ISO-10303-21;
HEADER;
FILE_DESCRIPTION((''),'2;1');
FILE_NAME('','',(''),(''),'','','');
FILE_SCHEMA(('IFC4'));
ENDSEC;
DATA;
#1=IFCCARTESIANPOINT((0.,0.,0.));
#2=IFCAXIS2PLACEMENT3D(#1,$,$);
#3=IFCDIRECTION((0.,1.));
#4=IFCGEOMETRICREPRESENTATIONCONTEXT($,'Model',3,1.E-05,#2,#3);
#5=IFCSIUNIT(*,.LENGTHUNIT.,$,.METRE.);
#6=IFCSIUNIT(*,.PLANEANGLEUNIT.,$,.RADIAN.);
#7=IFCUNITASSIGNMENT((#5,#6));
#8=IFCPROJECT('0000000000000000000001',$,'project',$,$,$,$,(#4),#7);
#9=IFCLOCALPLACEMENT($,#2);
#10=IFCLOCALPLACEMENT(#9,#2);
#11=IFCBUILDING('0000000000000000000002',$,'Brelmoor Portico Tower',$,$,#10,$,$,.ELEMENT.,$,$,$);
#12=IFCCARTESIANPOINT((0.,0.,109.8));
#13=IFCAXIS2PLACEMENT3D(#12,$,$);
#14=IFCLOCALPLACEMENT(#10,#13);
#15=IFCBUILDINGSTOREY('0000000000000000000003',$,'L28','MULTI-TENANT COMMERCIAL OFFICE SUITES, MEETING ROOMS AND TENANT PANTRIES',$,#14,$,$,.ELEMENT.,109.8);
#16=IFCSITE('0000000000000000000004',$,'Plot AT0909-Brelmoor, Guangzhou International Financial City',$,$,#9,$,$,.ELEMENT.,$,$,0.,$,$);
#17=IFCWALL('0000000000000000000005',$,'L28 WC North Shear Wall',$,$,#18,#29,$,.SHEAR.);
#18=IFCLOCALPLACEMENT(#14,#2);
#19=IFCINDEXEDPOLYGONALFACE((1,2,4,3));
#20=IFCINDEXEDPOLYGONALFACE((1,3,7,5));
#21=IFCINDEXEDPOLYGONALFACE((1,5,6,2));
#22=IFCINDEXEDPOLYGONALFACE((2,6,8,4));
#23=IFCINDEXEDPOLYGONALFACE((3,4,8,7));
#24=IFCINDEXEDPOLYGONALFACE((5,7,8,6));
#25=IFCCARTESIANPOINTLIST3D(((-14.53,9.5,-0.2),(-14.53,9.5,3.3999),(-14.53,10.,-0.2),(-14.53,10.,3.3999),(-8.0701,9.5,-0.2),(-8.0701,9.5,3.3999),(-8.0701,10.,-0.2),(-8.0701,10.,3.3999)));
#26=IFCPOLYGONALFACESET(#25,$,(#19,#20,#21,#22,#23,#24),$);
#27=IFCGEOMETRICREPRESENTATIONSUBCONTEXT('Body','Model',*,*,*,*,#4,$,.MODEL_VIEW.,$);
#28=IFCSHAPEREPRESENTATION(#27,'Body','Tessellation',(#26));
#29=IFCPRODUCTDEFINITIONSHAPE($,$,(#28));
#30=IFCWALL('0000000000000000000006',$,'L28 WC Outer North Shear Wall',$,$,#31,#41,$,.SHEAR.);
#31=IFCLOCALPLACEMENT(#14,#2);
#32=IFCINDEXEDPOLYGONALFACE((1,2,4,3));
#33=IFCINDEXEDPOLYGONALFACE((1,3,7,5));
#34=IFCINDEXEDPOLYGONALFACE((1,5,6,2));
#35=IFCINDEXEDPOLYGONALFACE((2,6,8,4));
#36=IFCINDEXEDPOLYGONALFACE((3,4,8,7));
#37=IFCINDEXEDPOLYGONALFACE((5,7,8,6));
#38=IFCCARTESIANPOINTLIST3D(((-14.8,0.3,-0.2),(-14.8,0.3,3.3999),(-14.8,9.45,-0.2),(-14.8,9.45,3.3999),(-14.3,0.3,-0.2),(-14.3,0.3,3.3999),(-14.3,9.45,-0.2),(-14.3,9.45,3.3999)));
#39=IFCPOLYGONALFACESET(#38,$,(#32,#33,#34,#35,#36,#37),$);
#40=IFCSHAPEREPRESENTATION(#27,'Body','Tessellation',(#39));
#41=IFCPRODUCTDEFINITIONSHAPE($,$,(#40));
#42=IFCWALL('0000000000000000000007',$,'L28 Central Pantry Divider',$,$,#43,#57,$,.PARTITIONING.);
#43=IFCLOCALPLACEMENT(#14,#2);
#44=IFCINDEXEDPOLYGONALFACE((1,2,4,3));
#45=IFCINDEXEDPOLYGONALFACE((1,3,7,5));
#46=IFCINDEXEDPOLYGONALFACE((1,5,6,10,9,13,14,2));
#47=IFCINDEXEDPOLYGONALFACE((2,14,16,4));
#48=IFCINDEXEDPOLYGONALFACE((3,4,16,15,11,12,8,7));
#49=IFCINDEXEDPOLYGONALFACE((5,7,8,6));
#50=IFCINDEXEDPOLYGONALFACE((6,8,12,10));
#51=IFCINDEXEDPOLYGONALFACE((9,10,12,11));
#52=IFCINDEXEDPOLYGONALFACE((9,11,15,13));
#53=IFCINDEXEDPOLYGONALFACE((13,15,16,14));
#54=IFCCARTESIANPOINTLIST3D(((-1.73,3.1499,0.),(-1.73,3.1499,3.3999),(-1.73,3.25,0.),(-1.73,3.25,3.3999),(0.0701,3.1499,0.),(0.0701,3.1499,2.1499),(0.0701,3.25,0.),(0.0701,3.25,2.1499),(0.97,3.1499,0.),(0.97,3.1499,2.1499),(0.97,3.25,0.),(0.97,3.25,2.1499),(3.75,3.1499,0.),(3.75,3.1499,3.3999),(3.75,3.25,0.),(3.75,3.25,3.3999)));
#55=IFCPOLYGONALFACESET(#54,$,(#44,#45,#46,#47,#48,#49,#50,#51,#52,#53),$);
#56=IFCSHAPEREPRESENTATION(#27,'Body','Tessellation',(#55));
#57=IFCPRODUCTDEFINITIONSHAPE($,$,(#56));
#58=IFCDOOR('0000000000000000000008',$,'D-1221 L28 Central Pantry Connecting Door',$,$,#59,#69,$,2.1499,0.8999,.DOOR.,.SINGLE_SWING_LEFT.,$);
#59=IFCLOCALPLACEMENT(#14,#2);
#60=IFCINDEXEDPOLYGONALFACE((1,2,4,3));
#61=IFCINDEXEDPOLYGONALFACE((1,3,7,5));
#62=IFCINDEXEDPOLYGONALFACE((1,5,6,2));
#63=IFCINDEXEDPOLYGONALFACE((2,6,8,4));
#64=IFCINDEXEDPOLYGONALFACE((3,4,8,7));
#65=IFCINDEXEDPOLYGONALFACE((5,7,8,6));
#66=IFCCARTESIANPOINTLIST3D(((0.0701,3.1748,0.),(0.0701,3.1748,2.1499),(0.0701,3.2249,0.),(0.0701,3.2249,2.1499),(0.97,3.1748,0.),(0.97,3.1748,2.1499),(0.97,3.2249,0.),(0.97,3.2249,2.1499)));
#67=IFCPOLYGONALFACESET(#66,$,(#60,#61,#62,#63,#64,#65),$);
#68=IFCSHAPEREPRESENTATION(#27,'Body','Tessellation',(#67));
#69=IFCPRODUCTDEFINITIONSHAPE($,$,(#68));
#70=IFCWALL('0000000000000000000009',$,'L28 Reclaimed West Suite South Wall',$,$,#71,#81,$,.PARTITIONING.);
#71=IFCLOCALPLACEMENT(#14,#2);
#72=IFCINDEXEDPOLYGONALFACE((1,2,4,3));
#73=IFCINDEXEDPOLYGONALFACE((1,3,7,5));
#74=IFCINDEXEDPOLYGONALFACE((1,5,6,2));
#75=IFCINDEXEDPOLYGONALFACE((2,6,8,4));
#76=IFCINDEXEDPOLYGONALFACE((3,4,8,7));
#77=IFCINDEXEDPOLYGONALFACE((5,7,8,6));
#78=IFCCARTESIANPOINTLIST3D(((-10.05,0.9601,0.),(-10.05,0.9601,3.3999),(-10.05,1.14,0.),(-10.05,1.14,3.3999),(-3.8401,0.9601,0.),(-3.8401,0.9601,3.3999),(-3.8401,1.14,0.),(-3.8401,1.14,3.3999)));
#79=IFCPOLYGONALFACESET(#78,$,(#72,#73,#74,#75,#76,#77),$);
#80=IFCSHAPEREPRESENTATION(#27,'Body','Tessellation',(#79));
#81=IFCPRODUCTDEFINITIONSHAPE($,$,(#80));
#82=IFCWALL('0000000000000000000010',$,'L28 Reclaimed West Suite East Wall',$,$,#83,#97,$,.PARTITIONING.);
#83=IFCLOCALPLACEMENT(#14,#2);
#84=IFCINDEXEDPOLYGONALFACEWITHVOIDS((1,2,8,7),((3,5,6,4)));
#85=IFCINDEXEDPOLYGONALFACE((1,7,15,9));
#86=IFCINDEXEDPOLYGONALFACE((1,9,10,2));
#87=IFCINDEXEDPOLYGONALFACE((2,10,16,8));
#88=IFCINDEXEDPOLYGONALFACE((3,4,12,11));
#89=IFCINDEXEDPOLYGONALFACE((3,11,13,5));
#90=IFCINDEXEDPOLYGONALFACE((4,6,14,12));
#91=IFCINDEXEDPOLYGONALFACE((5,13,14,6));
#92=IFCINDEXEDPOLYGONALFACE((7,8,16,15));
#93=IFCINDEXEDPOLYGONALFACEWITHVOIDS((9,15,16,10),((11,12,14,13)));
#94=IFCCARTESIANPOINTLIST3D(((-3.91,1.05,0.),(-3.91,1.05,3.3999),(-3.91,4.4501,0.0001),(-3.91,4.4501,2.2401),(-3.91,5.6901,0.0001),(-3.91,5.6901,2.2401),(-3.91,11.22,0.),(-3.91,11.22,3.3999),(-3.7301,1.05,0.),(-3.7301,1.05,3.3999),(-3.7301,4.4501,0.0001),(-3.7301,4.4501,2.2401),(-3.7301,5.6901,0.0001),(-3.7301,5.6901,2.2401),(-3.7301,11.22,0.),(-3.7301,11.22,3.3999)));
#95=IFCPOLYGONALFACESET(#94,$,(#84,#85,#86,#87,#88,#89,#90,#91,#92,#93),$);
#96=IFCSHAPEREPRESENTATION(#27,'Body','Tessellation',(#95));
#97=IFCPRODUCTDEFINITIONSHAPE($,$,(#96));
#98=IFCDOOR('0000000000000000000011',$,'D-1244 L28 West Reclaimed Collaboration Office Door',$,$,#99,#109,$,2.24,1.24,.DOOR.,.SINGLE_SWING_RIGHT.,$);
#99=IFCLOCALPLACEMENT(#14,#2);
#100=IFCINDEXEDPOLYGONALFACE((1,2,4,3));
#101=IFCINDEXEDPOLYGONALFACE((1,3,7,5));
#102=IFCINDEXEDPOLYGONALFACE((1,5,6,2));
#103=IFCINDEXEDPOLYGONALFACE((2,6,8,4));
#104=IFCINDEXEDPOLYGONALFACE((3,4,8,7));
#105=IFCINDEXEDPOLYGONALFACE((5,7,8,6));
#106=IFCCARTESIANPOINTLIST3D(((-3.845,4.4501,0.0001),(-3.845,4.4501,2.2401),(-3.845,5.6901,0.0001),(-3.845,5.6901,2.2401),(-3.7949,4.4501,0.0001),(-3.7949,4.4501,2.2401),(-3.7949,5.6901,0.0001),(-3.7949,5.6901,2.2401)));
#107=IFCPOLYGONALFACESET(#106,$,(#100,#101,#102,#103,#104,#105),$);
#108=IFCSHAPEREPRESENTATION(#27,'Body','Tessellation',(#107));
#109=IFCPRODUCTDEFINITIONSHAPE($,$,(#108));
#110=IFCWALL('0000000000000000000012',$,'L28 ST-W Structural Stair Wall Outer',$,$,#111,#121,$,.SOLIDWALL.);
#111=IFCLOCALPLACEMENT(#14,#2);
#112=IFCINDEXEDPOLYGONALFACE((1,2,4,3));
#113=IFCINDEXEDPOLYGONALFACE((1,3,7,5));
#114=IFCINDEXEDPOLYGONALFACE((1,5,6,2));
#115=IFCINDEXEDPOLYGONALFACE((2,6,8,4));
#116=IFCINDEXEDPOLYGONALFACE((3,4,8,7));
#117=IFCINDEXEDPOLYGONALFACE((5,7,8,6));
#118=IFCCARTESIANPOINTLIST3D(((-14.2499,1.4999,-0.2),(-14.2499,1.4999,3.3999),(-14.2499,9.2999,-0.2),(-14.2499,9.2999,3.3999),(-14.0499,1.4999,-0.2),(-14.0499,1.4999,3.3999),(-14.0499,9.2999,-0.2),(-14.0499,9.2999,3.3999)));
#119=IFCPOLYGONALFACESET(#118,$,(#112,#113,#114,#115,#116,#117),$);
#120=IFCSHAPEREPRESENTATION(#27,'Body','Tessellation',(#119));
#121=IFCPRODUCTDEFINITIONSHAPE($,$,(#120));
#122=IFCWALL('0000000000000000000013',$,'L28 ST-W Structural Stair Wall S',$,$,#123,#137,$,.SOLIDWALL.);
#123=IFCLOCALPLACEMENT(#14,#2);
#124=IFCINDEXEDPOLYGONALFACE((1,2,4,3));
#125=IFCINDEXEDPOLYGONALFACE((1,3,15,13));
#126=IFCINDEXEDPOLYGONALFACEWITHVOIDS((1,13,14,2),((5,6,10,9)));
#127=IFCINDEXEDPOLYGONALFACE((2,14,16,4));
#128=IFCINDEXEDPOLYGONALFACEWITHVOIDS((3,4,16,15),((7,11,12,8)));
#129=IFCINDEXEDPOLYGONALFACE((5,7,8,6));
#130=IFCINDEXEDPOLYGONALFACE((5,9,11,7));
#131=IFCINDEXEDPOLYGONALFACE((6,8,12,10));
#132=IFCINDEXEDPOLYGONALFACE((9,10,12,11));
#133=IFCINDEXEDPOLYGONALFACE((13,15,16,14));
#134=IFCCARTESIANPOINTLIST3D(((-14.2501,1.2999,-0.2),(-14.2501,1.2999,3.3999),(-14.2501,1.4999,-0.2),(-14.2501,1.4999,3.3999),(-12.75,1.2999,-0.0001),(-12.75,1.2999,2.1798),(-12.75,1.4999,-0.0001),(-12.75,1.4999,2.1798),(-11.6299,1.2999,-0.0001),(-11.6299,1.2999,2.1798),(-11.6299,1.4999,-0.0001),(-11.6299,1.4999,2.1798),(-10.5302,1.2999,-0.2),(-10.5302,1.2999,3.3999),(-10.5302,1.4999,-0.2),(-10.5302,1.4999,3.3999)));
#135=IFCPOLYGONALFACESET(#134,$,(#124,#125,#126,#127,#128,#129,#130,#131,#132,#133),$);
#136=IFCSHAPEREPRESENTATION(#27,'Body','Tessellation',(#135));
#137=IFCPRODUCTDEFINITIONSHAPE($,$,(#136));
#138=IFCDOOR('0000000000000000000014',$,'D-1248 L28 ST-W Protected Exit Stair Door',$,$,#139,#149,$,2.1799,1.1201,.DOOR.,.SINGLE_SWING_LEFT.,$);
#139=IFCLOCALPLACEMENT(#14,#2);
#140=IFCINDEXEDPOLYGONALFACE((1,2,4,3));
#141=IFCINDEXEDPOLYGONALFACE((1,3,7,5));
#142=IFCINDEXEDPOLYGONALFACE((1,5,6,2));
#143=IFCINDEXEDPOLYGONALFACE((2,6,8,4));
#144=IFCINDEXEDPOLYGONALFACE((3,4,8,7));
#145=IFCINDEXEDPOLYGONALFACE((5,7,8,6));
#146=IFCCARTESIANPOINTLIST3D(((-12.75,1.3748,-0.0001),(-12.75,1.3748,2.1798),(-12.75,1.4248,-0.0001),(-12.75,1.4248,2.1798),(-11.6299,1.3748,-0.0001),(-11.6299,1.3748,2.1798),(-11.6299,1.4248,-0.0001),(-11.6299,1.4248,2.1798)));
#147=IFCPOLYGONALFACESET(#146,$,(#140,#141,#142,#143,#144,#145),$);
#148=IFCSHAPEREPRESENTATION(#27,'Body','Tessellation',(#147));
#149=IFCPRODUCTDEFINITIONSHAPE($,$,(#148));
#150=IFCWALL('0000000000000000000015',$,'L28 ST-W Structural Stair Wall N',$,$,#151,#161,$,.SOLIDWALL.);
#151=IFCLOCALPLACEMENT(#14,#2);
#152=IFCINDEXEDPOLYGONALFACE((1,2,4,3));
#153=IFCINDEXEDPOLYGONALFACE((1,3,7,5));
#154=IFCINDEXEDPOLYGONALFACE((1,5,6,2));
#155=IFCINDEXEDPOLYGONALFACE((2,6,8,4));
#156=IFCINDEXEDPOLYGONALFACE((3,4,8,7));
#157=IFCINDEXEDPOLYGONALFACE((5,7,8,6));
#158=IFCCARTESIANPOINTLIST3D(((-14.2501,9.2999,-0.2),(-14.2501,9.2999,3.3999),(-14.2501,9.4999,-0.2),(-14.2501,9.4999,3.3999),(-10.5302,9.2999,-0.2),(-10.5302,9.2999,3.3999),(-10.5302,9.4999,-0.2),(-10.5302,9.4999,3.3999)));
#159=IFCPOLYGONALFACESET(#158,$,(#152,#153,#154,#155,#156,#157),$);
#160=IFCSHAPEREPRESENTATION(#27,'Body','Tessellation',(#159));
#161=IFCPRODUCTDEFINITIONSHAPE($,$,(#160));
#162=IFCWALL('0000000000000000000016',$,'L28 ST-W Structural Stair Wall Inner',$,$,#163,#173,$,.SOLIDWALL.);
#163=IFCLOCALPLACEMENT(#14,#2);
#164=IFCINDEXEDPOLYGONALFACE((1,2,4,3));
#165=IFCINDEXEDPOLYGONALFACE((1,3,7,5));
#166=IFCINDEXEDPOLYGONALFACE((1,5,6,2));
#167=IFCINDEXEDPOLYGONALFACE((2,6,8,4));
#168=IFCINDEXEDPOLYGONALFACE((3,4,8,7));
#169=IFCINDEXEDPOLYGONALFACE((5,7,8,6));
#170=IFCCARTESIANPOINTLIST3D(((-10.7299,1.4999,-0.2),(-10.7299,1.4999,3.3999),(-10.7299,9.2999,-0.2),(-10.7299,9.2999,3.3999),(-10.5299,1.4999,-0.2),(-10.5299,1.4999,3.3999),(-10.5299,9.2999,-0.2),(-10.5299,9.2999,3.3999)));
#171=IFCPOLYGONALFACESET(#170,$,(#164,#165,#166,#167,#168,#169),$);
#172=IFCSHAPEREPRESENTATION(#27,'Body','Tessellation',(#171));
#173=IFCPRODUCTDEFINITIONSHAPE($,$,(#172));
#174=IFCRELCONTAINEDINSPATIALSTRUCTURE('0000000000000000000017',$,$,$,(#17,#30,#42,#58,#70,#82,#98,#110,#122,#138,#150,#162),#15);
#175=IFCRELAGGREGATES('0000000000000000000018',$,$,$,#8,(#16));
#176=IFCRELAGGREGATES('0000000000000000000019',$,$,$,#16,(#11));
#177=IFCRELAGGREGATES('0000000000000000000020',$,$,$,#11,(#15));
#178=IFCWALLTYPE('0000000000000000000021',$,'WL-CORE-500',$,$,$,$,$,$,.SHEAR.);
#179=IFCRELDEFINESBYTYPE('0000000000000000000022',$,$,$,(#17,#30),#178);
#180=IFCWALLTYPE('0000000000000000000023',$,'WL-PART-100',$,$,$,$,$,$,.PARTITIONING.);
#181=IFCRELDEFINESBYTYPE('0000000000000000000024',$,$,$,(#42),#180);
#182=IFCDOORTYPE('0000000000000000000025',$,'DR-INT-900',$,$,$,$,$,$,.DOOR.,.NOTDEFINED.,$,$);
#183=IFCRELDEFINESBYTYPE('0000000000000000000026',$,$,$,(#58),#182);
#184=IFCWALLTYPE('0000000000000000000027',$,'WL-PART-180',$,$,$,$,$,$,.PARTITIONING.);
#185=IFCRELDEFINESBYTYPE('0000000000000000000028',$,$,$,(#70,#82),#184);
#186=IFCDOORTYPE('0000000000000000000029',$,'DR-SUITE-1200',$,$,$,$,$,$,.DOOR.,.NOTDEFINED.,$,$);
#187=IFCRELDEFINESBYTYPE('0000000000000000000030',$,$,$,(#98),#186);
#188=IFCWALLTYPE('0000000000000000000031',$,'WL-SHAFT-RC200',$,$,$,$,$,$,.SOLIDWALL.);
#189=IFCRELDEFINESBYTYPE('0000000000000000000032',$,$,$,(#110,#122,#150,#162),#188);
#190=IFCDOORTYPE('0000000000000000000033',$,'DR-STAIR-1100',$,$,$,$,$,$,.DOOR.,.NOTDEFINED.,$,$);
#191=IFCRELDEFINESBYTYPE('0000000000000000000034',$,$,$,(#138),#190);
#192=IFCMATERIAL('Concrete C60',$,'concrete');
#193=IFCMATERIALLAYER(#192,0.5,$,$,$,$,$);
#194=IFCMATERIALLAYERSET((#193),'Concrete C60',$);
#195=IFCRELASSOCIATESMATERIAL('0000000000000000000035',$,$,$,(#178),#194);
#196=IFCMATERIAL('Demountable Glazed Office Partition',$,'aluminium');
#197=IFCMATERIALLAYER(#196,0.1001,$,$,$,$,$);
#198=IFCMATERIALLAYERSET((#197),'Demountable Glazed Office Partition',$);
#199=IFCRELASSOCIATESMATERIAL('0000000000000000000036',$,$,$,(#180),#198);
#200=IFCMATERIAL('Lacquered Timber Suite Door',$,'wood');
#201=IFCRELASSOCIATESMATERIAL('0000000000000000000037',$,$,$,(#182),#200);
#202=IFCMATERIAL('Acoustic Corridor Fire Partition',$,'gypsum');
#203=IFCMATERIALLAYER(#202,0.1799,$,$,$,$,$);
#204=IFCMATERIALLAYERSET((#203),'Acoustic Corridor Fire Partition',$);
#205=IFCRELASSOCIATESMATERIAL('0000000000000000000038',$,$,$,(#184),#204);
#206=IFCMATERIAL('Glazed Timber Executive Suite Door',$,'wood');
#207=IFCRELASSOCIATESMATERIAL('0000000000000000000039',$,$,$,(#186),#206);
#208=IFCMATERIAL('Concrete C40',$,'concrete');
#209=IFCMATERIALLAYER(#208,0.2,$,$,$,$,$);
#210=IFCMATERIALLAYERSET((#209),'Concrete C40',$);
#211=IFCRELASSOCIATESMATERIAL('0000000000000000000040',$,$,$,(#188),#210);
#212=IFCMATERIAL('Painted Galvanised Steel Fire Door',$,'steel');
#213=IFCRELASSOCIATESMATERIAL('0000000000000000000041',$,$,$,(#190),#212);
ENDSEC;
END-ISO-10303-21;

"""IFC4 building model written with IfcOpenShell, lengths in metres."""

from ifc_helpers import new_model, si_unit, direction, frame, frame_2d, origin, place, context, subcontext, project, spatial, rectangle, extrude, material, layer, layer_set, type_object, element, fill, save


model = new_model("IFC4")

# Units and contexts
model_context = context("Model", 3, precision=1e-05, world=origin(), true_north=direction((0.0, 1.0)))
body_context = subcontext(model_context, "Body", "Model", "MODEL_VIEW")
ifc_project = project(units=[si_unit("LENGTHUNIT", "METRE"), si_unit("PLANEANGLEUNIT", "RADIAN")], contexts=[model_context])

# Site, building, storey
site_placement = place(None, origin())
site = spatial("IfcSite", under=ifc_project, at=site_placement, Name="Plot AT0909-Brelmoor, Guangzhou International Financial City", CompositionType="ELEMENT", RefElevation=0.0)
building_placement = place(site_placement, origin())
building = spatial("IfcBuilding", under=site, at=building_placement, Name="Brelmoor Portico Tower", CompositionType="ELEMENT")
storey_placement = place(building_placement, frame((0.0, 0.0, 109.8)))
storey = spatial("IfcBuildingStorey", under=building, at=storey_placement, Name="L28", Description="MULTI-TENANT COMMERCIAL OFFICE SUITES, MEETING ROOMS AND TENANT PANTRIES", CompositionType="ELEMENT", Elevation=109.8)

# Walls
ifc_material_1 = material(Name="Concrete C60", Category="concrete")
ifc_layer_1 = layer(ifc_material_1, 0.5)
ifc_layer_set_1 = layer_set([ifc_layer_1], Name="Concrete C60")
wall_type_1 = type_object("IfcWallType", Name="WL-CORE-500", PredefinedType="SHEAR", material=ifc_layer_set_1)
wall_1_placement = place(storey_placement, frame((-14.53, 9.75, -0.2), z_axis=(0.0, 0.0, 1.0), x_axis=(1.0, 0.0, 0.0)))
element("IfcWall", 1, at=wall_1_placement, inside=storey, type_object=wall_type_1, Name="L28 WC North Shear Wall", PredefinedType="SHEAR", context=body_context, shape_type="SweptSolid", body=[
    extrude(rectangle(XDim=6.46, YDim=0.5, at=frame_2d((3.23, 0.0))), origin(), (0.0, 0.0, 1.0), 3.5999),
])
wall_2_placement = place(storey_placement, frame((-14.55, 0.3, -0.2), z_axis=(0.0, 0.0, 1.0), x_axis=(0.0, 1.0, 0.0)))
element("IfcWall", 2, at=wall_2_placement, inside=storey, type_object=wall_type_1, Name="L28 WC Outer North Shear Wall", PredefinedType="SHEAR", context=body_context, shape_type="SweptSolid", body=[
    extrude(rectangle(XDim=9.1499, YDim=0.5, at=frame_2d((4.575, 0.0))), origin(), (0.0, 0.0, 1.0), 3.5999),
])

# Wall, opening, door
ifc_material_2 = material(Name="Demountable Glazed Office Partition", Category="aluminium")
ifc_layer_2 = layer(ifc_material_2, 0.1001)
ifc_layer_set_2 = layer_set([ifc_layer_2], Name="Demountable Glazed Office Partition")
wall_type_2 = type_object("IfcWallType", Name="WL-PART-100", PredefinedType="PARTITIONING", material=ifc_layer_set_2)
wall_3_placement = place(storey_placement, frame((-1.73, 3.2, 0.0), z_axis=(0.0, 0.0, 1.0), x_axis=(1.0, 0.0, 0.0)))
wall_3 = element("IfcWall", 3, at=wall_3_placement, inside=storey, type_object=wall_type_2, Name="L28 Central Pantry Divider", PredefinedType="PARTITIONING", context=body_context, shape_type="SweptSolid", body=[
    extrude(rectangle(XDim=5.48, YDim=0.1001, at=frame_2d((2.74, 0.0))), origin(), (0.0, 0.0, 1.0), 3.3999),
])
opening_1_placement = place(wall_3_placement, frame((1.8, 0.0, 0.0)))
opening_1 = element("IfcOpeningElement", 4, at=opening_1_placement, cuts=wall_3, PredefinedType="OPENING", context=body_context, shape_type="SweptSolid", body=[
    extrude(rectangle(XDim=0.8999, YDim=2.1499, at=frame_2d((0.45, 1.075))), frame((0.0, 0.0601, 0.0), z_axis=(0.0, -1.0, 0.0), x_axis=(1.0, 0.0, 0.0)), (0.0, 0.0, 1.0), 0.1201),
])
ifc_material_3 = material(Name="Lacquered Timber Suite Door", Category="wood")
door_type_1 = type_object("IfcDoorType", Name="DR-INT-900", OperationType="NOTDEFINED", PredefinedType="DOOR", material=ifc_material_3)
door_1_placement = place(opening_1_placement, origin())
door_1 = element("IfcDoor", 5, at=door_1_placement, inside=storey, type_object=door_type_1, Name="D-1221 L28 Central Pantry Connecting Door", OperationType="SINGLE_SWING_LEFT", OverallHeight=2.1499, OverallWidth=0.8999, PredefinedType="DOOR", context=body_context, shape_type="SweptSolid", body=[
    extrude(rectangle(XDim=0.8999, YDim=2.1499, at=frame_2d((0.45, 1.075))), frame((0.0, 0.0249, 0.0), z_axis=(0.0, -1.0, 0.0), x_axis=(1.0, 0.0, 0.0)), (0.0, 0.0, 1.0), 0.05),
])
fill(opening_1, door_1)

# Wall
ifc_material_4 = material(Name="Acoustic Corridor Fire Partition", Category="gypsum")
ifc_layer_3 = layer(ifc_material_4, 0.1799)
ifc_layer_set_3 = layer_set([ifc_layer_3], Name="Acoustic Corridor Fire Partition")
wall_type_3 = type_object("IfcWallType", Name="WL-PART-180", PredefinedType="PARTITIONING", material=ifc_layer_set_3)
wall_4_placement = place(storey_placement, frame((-10.05, 1.05, 0.0), z_axis=(0.0, 0.0, 1.0), x_axis=(1.0, 0.0, 0.0)))
element("IfcWall", 6, at=wall_4_placement, inside=storey, type_object=wall_type_3, Name="L28 Reclaimed West Suite South Wall", PredefinedType="PARTITIONING", context=body_context, shape_type="SweptSolid", body=[
    extrude(rectangle(XDim=6.21, YDim=0.1799, at=frame_2d((3.105, 0.0))), origin(), (0.0, 0.0, 1.0), 3.3999),
])

# Wall, opening, door
wall_5_placement = place(storey_placement, frame((-3.8201, 1.05, 0.0), z_axis=(0.0, 0.0, 1.0), x_axis=(0.0, 1.0, 0.0)))
wall_5 = element("IfcWall", 7, at=wall_5_placement, inside=storey, type_object=wall_type_3, Name="L28 Reclaimed West Suite East Wall", PredefinedType="PARTITIONING", context=body_context, shape_type="SweptSolid", body=[
    extrude(rectangle(XDim=10.1699, YDim=0.1799, at=frame_2d((5.085, 0.0))), origin(), (0.0, 0.0, 1.0), 3.3999),
])
opening_2_placement = place(wall_5_placement, frame((3.3999, 0.0, 0.0)))
opening_2 = element("IfcOpeningElement", 8, at=opening_2_placement, cuts=wall_5, PredefinedType="OPENING", context=body_context, shape_type="SweptSolid", body=[
    extrude(rectangle(XDim=1.24, YDim=2.24, at=frame_2d((0.6201, 1.1201))), frame((0.0, 0.0999, 0.0), z_axis=(0.0, -1.0, 0.0), x_axis=(1.0, 0.0, 0.0)), (0.0, 0.0, 1.0), 0.2),
])
ifc_material_5 = material(Name="Glazed Timber Executive Suite Door", Category="wood")
door_type_2 = type_object("IfcDoorType", Name="DR-SUITE-1200", OperationType="NOTDEFINED", PredefinedType="DOOR", material=ifc_material_5)
door_2_placement = place(opening_2_placement, origin())
door_2 = element("IfcDoor", 9, at=door_2_placement, inside=storey, type_object=door_type_2, Name="D-1244 L28 West Reclaimed Collaboration Office Door", OperationType="SINGLE_SWING_RIGHT", OverallHeight=2.24, OverallWidth=1.24, PredefinedType="DOOR", context=body_context, shape_type="SweptSolid", body=[
    extrude(rectangle(XDim=1.24, YDim=2.24, at=frame_2d((0.6201, 1.1201))), frame((0.0, 0.0249, 0.0), z_axis=(0.0, -1.0, 0.0), x_axis=(1.0, 0.0, 0.0)), (0.0, 0.0, 1.0), 0.05),
])
fill(opening_2, door_2)

# Wall
ifc_material_6 = material(Name="Concrete C40", Category="concrete")
ifc_layer_4 = layer(ifc_material_6, 0.2)
ifc_layer_set_4 = layer_set([ifc_layer_4], Name="Concrete C40")
wall_type_4 = type_object("IfcWallType", Name="WL-SHAFT-RC200", PredefinedType="SOLIDWALL", material=ifc_layer_set_4)
wall_6_placement = place(storey_placement, frame((-14.1499, 1.5, -0.2), z_axis=(0.0, 0.0, 1.0), x_axis=(0.0, 1.0, 0.0)))
element("IfcWall", 10, at=wall_6_placement, inside=storey, type_object=wall_type_4, Name="L28 ST-W Structural Stair Wall Outer", PredefinedType="SOLIDWALL", context=body_context, shape_type="SweptSolid", body=[
    extrude(rectangle(XDim=7.8, YDim=0.2, at=frame_2d((3.8999, 0.0))), origin(), (0.0, 0.0, 1.0), 3.5999),
])

# Wall, opening, door
wall_7_placement = place(storey_placement, frame((-14.25, 1.3999, -0.2), z_axis=(0.0, 0.0, 1.0), x_axis=(1.0, 0.0, 0.0)))
wall_7 = element("IfcWall", 11, at=wall_7_placement, inside=storey, type_object=wall_type_4, Name="L28 ST-W Structural Stair Wall S", PredefinedType="SOLIDWALL", context=body_context, shape_type="SweptSolid", body=[
    extrude(rectangle(XDim=3.72, YDim=0.2, at=frame_2d((1.8599, 0.0))), origin(), (0.0, 0.0, 1.0), 3.5999),
])
opening_3_placement = place(wall_7_placement, frame((1.5, 0.0, 0.2)))
opening_3 = element("IfcOpeningElement", 12, at=opening_3_placement, cuts=wall_7, PredefinedType="OPENING", context=body_context, shape_type="SweptSolid", body=[
    extrude(rectangle(XDim=1.1201, YDim=2.1799, at=frame_2d((0.5601, 1.0898))), frame((0.0, 0.1099, 0.0), z_axis=(0.0, -1.0, 0.0), x_axis=(1.0, 0.0, 0.0)), (0.0, 0.0, 1.0), 0.22),
])
ifc_material_7 = material(Name="Painted Galvanised Steel Fire Door", Category="steel")
door_type_3 = type_object("IfcDoorType", Name="DR-STAIR-1100", OperationType="NOTDEFINED", PredefinedType="DOOR", material=ifc_material_7)
door_3_placement = place(opening_3_placement, origin())
door_3 = element("IfcDoor", 13, at=door_3_placement, inside=storey, type_object=door_type_3, Name="D-1248 L28 ST-W Protected Exit Stair Door", OperationType="SINGLE_SWING_LEFT", OverallHeight=2.1799, OverallWidth=1.1201, PredefinedType="DOOR", context=body_context, shape_type="SweptSolid", body=[
    extrude(rectangle(XDim=1.1201, YDim=2.1799, at=frame_2d((0.5601, 1.0898))), frame((0.0, 0.0249, 0.0), z_axis=(0.0, -1.0, 0.0), x_axis=(1.0, 0.0, 0.0)), (0.0, 0.0, 1.0), 0.05),
])
fill(opening_3, door_3)

# Walls
wall_8_placement = place(storey_placement, frame((-14.25, 9.3999, -0.2), z_axis=(0.0, 0.0, 1.0), x_axis=(1.0, 0.0, 0.0)))
element("IfcWall", 14, at=wall_8_placement, inside=storey, type_object=wall_type_4, Name="L28 ST-W Structural Stair Wall N", PredefinedType="SOLIDWALL", context=body_context, shape_type="SweptSolid", body=[
    extrude(rectangle(XDim=3.72, YDim=0.2, at=frame_2d((1.8599, 0.0))), origin(), (0.0, 0.0, 1.0), 3.5999),
])
wall_9_placement = place(storey_placement, frame((-10.6299, 1.5, -0.2), z_axis=(0.0, 0.0, 1.0), x_axis=(0.0, 1.0, 0.0)))
element("IfcWall", 15, at=wall_9_placement, inside=storey, type_object=wall_type_4, Name="L28 ST-W Structural Stair Wall Inner", PredefinedType="SOLIDWALL", context=body_context, shape_type="SweptSolid", body=[
    extrude(rectangle(XDim=7.8, YDim=0.2, at=frame_2d((3.8999, 0.0))), origin(), (0.0, 0.0, 1.0), 3.5999),
])

save(model, "model.ifc")
